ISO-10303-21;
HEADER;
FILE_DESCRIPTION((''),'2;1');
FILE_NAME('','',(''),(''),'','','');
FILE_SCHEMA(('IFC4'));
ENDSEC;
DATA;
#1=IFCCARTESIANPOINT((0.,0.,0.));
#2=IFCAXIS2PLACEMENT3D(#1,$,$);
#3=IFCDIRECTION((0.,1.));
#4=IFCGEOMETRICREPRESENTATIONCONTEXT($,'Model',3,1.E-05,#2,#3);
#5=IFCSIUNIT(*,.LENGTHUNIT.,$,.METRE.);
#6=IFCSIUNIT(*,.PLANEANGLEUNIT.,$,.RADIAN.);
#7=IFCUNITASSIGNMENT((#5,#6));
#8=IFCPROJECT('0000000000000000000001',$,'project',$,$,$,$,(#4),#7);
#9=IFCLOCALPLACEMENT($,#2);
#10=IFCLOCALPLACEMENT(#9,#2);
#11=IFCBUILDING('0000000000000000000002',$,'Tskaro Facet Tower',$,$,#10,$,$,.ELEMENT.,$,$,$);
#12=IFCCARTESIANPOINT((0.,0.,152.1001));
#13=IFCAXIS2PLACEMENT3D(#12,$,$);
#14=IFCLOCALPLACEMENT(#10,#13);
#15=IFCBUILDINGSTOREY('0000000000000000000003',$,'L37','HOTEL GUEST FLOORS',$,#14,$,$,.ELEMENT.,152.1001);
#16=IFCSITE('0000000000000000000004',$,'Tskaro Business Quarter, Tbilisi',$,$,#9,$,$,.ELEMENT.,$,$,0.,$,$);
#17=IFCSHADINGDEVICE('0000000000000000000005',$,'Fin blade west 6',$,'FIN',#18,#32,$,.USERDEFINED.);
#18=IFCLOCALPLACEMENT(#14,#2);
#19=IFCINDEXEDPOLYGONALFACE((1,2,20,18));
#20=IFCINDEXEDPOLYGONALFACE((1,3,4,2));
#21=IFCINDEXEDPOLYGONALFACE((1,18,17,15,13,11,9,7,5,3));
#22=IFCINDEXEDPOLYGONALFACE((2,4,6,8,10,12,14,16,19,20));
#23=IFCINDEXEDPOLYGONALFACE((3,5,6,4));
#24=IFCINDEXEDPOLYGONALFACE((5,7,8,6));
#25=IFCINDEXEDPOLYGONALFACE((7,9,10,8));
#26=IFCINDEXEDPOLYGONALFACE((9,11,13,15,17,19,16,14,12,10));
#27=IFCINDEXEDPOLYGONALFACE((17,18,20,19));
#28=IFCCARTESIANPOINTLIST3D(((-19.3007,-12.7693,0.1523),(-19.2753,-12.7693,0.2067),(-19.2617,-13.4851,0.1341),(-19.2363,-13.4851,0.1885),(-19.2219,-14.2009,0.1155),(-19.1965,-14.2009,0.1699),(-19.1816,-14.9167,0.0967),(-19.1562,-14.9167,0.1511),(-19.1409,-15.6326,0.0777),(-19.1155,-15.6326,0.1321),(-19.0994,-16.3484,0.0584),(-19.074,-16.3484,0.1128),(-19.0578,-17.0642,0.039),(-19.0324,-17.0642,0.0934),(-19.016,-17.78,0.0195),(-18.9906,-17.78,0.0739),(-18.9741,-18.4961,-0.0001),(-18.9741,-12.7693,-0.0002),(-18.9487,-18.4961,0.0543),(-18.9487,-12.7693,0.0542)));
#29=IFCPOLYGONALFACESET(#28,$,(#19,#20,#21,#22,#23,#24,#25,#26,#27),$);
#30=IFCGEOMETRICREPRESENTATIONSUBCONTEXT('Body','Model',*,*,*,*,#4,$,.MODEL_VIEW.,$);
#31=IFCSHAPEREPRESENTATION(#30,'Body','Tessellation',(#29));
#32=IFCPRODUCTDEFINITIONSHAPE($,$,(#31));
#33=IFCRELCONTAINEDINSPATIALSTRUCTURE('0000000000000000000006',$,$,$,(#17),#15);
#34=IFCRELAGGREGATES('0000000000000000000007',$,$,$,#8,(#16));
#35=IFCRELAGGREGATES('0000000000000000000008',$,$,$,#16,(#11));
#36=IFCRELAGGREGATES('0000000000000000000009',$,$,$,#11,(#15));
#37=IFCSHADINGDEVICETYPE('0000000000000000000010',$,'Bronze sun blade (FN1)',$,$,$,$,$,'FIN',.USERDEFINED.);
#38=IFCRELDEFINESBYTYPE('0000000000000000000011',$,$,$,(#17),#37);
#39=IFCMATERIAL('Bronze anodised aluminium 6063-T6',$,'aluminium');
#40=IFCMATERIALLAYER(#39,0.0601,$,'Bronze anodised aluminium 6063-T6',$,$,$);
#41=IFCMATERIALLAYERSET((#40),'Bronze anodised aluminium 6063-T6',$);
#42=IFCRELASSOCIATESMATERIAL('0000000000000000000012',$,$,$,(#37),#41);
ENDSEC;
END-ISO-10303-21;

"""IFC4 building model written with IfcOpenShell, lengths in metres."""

from ifc_helpers import new_model, si_unit, direction, frame, origin, place, context, subcontext, project, spatial, polyline, outline, extrude, material, layer, layer_set, type_object, element, save


model = new_model("IFC4")

# Units and contexts
model_context = context("Model", 3, precision=1e-05, world=origin(), true_north=direction((0.0, 1.0)))
body_context = subcontext(model_context, "Body", "Model", "MODEL_VIEW")
ifc_project = project(units=[si_unit("LENGTHUNIT", "METRE"), si_unit("PLANEANGLEUNIT", "RADIAN")], contexts=[model_context])

# Site, building, storey
site_placement = place(None, origin())
site = spatial("IfcSite", under=ifc_project, at=site_placement, Name="Tskaro Business Quarter, Tbilisi", CompositionType="ELEMENT", RefElevation=0.0)
building_placement = place(site_placement, origin())
building = spatial("IfcBuilding", under=site, at=building_placement, Name="Tskaro Facet Tower", CompositionType="ELEMENT")
storey_placement = place(building_placement, frame((0.0, 0.0, 152.1001)))
storey = spatial("IfcBuildingStorey", under=building, at=storey_placement, Name="L37", Description="HOTEL GUEST FLOORS", CompositionType="ELEMENT", Elevation=152.1001)

# Shared definitions
ifc_material_1 = material(Name="Bronze anodised aluminium 6063-T6", Category="aluminium")

# Shading device
ifc_layer_1 = layer(ifc_material_1, 0.0601, Name="Bronze anodised aluminium 6063-T6")
ifc_layer_set_1 = layer_set([ifc_layer_1], Name="Bronze anodised aluminium 6063-T6")
shading_device_type = type_object("IfcShadingDeviceType", Name="Bronze sun blade (FN1)", ElementType="FIN", PredefinedType="USERDEFINED", material=ifc_layer_set_1)
shading_device_1_placement = place(storey_placement, frame((-18.9487, -12.7693, 0.0542), z_axis=(0.423059, 0.000027, 0.906102), x_axis=(0.000012, -1.0, 0.000025)))
element("IfcShadingDevice", 1, at=shading_device_1_placement, inside=storey, type_object=shading_device_type, Name="Fin blade west 6", ObjectType="FIN", PredefinedType="USERDEFINED", context=body_context, shape_type="SweptSolid", body=[
    extrude(outline(polyline([(0.0, 0.0), (5.7268, 0.0), (5.0107, -0.0463), (4.2949, -0.0924), (3.5791, -0.1383), (2.8633, -0.184), (2.1475, -0.229), (1.4316, -0.2735), (0.7158, -0.3174), (0.0, -0.3604), (0.0, 0.0)])), origin(), (0.0, 0.0, -1.0), 0.0601),
])

save(model, "model.ifc")
